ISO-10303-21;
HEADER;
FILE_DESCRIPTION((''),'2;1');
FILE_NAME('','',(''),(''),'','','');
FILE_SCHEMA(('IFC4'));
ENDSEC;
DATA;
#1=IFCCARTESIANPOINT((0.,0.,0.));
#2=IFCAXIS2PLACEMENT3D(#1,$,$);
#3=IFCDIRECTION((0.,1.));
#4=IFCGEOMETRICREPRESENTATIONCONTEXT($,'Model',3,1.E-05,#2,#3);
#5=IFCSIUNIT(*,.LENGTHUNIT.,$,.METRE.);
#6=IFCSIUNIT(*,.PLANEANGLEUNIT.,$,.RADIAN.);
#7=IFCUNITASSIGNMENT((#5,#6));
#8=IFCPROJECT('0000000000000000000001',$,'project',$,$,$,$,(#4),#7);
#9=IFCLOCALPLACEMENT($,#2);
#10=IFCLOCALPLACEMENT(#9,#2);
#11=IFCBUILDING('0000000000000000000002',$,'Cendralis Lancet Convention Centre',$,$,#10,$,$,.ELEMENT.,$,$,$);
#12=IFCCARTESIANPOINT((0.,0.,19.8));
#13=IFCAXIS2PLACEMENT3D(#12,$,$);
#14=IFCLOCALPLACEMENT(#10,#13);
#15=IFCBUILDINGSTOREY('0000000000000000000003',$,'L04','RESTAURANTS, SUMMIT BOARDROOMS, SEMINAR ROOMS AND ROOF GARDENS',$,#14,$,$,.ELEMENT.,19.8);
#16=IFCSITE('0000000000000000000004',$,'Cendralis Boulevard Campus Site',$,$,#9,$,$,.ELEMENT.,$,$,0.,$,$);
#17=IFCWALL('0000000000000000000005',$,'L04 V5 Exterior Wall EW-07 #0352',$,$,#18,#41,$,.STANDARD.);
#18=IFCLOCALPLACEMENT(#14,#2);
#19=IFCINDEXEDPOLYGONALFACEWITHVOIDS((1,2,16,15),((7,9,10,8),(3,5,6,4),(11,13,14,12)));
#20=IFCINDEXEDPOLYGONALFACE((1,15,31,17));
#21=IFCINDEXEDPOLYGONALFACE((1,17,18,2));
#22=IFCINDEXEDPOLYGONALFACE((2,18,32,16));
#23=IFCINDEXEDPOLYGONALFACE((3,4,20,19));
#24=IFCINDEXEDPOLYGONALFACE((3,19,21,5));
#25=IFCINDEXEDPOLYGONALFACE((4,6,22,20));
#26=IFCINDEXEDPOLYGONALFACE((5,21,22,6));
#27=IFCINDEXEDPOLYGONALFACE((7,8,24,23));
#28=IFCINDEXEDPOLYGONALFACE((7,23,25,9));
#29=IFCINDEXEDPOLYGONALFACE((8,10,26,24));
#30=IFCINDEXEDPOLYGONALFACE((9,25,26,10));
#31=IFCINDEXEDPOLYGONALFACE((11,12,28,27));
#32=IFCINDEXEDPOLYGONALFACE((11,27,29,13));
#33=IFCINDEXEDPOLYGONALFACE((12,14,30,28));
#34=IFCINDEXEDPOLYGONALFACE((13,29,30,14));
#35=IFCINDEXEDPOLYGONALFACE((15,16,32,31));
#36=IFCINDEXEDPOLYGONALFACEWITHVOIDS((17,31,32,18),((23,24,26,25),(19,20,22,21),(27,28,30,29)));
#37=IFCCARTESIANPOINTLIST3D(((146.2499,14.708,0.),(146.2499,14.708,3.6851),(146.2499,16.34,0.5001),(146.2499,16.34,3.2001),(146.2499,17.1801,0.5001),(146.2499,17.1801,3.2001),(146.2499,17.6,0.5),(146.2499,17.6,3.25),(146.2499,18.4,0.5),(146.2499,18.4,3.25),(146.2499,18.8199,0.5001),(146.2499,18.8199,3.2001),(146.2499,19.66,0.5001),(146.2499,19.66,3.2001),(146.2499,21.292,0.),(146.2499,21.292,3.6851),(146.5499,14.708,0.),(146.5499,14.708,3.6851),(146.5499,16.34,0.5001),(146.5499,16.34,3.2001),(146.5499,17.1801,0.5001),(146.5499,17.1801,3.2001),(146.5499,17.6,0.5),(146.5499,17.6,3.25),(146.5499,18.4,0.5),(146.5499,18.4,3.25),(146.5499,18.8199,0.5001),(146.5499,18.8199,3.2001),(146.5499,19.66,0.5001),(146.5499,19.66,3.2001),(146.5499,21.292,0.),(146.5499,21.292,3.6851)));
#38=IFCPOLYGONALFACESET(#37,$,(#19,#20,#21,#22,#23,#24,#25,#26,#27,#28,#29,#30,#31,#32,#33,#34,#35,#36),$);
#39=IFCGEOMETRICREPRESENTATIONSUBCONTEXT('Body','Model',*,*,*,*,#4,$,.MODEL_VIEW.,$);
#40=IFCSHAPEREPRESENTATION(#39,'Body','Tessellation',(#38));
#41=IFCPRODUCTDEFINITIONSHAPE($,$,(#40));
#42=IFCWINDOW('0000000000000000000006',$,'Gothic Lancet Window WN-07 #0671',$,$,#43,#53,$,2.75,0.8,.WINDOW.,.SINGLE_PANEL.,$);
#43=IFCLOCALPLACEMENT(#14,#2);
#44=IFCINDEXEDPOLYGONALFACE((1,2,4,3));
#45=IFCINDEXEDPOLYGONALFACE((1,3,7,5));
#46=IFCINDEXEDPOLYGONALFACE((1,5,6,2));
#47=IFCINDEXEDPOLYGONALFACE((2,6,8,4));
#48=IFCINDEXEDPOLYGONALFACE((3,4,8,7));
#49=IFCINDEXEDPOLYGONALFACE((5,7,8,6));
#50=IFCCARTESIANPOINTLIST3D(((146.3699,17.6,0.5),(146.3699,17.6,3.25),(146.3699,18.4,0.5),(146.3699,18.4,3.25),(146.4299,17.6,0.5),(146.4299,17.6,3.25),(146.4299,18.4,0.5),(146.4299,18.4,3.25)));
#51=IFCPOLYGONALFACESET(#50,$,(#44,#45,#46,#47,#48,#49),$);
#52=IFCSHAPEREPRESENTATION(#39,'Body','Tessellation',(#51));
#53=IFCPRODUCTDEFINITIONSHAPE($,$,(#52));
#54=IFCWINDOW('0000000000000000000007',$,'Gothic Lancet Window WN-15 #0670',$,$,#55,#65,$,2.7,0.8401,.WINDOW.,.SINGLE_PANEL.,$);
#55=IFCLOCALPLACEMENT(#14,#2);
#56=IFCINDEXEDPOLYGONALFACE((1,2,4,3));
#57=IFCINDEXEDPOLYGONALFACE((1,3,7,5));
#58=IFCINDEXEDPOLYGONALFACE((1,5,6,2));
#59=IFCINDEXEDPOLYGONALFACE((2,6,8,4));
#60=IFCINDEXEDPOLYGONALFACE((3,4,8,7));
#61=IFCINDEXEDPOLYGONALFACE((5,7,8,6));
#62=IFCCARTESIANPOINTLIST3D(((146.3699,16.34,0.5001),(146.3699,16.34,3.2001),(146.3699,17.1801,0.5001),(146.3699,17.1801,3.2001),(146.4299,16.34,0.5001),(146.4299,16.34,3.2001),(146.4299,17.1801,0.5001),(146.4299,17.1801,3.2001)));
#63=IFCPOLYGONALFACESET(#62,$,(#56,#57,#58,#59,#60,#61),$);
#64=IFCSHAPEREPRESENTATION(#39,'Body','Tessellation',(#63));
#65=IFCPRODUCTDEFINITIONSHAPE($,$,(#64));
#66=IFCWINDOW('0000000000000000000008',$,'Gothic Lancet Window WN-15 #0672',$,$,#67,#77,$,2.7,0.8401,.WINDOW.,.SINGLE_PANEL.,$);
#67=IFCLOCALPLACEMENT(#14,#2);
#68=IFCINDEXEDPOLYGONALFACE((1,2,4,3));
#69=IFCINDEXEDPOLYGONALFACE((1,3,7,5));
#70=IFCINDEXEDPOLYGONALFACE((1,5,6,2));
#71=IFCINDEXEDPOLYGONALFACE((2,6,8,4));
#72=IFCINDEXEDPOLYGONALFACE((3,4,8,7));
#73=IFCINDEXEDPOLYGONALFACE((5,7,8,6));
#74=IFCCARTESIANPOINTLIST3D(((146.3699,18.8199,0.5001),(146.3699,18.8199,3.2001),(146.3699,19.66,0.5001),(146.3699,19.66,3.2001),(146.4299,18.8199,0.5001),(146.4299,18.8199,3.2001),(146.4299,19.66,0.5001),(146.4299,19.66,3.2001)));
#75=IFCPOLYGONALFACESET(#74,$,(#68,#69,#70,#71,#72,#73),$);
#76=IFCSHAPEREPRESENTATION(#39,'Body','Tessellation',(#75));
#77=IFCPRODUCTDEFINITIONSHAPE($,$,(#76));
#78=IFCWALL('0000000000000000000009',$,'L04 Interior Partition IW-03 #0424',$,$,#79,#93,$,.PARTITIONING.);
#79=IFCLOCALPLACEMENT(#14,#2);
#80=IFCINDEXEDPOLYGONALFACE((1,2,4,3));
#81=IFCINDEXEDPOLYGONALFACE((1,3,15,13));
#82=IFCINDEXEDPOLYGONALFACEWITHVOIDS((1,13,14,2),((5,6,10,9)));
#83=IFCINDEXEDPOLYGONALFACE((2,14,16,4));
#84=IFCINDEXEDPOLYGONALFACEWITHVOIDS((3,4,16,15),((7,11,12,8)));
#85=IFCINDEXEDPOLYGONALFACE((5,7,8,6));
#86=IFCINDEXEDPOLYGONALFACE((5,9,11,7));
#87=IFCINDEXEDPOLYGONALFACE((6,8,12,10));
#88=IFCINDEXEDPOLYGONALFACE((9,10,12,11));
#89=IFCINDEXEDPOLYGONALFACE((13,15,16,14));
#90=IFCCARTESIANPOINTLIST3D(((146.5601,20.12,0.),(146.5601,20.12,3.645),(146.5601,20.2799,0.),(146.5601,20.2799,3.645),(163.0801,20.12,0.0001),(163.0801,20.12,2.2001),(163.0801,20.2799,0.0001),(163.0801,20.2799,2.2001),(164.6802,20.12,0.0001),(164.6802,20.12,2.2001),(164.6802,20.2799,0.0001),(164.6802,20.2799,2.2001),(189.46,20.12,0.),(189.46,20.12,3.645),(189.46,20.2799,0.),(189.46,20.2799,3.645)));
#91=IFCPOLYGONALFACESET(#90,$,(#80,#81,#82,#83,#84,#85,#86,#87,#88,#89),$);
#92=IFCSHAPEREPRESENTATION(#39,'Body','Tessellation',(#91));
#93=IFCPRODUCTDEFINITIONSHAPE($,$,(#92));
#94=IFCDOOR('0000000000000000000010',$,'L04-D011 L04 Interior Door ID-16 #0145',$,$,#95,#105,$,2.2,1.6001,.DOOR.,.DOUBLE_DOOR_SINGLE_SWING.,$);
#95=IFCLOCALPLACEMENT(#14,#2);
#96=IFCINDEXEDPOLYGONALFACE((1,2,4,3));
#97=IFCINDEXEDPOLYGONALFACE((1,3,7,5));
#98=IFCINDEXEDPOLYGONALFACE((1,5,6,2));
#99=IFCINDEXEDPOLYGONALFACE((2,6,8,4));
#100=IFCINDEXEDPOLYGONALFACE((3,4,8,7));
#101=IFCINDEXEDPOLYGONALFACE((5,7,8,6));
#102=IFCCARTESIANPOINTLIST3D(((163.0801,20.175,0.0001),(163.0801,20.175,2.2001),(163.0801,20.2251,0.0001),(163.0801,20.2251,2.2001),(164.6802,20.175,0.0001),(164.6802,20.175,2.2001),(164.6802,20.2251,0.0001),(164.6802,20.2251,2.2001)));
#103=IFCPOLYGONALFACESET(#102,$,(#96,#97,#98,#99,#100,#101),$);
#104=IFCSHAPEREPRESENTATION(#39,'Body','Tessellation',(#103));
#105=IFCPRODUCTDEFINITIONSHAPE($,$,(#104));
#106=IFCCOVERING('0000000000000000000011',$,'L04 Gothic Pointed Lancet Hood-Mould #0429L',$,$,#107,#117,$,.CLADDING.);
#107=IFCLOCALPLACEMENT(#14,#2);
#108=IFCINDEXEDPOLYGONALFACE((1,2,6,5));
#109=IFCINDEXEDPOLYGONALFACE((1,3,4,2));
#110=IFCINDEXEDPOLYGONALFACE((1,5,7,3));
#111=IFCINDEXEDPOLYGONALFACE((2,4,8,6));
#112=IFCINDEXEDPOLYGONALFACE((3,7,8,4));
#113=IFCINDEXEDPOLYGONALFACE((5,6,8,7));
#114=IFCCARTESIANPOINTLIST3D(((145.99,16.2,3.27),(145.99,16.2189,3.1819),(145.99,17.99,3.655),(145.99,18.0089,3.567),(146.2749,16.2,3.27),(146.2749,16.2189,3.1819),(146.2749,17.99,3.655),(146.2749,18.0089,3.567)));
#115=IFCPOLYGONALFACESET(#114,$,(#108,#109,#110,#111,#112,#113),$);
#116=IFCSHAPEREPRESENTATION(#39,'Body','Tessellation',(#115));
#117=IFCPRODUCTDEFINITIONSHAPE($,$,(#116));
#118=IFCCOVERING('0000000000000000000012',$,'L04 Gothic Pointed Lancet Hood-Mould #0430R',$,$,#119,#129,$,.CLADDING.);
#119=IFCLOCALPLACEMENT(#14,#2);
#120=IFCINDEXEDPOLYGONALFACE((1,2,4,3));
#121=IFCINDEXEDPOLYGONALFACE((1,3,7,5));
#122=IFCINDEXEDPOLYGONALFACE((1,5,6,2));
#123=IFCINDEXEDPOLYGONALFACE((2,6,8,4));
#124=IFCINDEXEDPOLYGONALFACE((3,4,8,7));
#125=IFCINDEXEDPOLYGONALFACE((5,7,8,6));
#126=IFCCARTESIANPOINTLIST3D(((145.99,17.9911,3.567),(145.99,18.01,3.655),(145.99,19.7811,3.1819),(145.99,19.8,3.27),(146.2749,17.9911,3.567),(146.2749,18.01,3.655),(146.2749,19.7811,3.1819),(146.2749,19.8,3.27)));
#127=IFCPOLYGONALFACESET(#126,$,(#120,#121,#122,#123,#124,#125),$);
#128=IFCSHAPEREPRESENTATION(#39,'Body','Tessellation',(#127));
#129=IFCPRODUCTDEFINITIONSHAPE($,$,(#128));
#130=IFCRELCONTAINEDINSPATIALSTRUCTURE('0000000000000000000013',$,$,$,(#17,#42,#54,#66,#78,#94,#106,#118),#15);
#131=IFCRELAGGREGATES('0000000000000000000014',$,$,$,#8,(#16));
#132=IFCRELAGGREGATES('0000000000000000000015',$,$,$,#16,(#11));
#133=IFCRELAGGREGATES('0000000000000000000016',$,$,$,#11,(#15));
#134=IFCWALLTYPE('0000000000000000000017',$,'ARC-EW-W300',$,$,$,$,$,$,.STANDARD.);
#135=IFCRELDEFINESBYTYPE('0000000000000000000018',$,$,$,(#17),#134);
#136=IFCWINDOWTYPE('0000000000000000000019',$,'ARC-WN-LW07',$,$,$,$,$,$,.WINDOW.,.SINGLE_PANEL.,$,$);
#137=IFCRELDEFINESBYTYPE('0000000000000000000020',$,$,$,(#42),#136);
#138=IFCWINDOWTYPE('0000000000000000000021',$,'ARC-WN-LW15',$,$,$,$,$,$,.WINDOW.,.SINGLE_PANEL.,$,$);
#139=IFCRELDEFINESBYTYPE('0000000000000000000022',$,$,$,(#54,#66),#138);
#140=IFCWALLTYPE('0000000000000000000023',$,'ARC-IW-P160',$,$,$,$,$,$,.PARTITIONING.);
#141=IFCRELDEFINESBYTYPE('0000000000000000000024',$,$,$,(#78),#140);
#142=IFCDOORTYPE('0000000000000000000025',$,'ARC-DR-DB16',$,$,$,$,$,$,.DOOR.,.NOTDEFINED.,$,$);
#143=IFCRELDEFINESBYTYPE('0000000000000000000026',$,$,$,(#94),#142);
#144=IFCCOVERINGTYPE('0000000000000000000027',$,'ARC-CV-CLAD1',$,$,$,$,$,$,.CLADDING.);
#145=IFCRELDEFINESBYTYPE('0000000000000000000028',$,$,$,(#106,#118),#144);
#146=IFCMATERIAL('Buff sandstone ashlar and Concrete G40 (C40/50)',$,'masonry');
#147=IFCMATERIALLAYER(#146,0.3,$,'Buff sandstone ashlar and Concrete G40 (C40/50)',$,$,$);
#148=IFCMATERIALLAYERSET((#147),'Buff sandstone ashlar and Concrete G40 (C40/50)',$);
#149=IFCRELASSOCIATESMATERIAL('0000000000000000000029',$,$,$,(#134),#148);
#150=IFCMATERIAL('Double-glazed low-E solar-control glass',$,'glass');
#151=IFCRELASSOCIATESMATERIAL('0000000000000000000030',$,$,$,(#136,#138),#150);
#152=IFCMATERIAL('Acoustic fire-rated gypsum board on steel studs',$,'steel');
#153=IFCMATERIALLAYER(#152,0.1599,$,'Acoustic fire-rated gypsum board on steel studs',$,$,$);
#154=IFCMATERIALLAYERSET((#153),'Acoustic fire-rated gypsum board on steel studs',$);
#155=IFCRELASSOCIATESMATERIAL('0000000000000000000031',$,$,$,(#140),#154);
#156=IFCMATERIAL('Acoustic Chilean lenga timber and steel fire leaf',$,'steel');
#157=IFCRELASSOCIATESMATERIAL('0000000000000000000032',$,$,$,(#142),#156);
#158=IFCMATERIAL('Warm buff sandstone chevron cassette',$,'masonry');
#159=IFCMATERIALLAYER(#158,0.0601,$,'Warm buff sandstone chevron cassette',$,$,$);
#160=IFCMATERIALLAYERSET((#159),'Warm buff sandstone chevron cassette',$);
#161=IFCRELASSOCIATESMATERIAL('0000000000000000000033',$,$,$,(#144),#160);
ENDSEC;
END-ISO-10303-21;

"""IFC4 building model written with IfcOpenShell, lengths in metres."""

from ifc_helpers import new_model, si_unit, direction, frame, frame_2d, origin, place, context, subcontext, project, spatial, polyline, rectangle, outline, extrude, material, layer, layer_set, type_object, element, fill, save


model = new_model("IFC4")

# Units and contexts
model_context = context("Model", 3, precision=1e-05, world=origin(), true_north=direction((0.0, 1.0)))
body_context = subcontext(model_context, "Body", "Model", "MODEL_VIEW")
ifc_project = project(units=[si_unit("LENGTHUNIT", "METRE"), si_unit("PLANEANGLEUNIT", "RADIAN")], contexts=[model_context])

# Site, building, storey
site_placement = place(None, origin())
site = spatial("IfcSite", under=ifc_project, at=site_placement, Name="Cendralis Boulevard Campus Site", CompositionType="ELEMENT", RefElevation=0.0)
building_placement = place(site_placement, origin())
building = spatial("IfcBuilding", under=site, at=building_placement, Name="Cendralis Lancet Convention Centre", CompositionType="ELEMENT")
storey_placement = place(building_placement, frame((0.0, 0.0, 19.8)))
storey = spatial("IfcBuildingStorey", under=building, at=storey_placement, Name="L04", Description="RESTAURANTS, SUMMIT BOARDROOMS, SEMINAR ROOMS AND ROOF GARDENS", CompositionType="ELEMENT", Elevation=19.8)

# Shared definitions
ifc_material_1 = material(Name="Buff sandstone ashlar and Concrete G40 (C40/50)", Category="masonry")

# Wall, openings, windows
ifc_layer_1 = layer(ifc_material_1, 0.3, Name="Buff sandstone ashlar and Concrete G40 (C40/50)")
ifc_layer_set_1 = layer_set([ifc_layer_1], Name="Buff sandstone ashlar and Concrete G40 (C40/50)")
wall_type_1 = type_object("IfcWallType", Name="ARC-EW-W300", PredefinedType="STANDARD", material=ifc_layer_set_1)
wall_1_placement = place(storey_placement, frame((146.3999, 14.708, 0.0), z_axis=(0.0, 0.0, 1.0), x_axis=(0.0, 1.0, 0.0)))
wall_1 = element("IfcWall", 1, at=wall_1_placement, inside=storey, type_object=wall_type_1, Name="L04 V5 Exterior Wall EW-07 #0352", PredefinedType="STANDARD", context=body_context, shape_type="SweptSolid", body=[
    extrude(rectangle(XDim=6.584, YDim=0.3, at=frame_2d((3.292, 0.0))), origin(), (0.0, 0.0, 1.0), 3.6851),
])
opening_1_placement = place(wall_1_placement, frame((1.6321, 0.0, 0.5)))
opening_1 = element("IfcOpeningElement", 2, at=opening_1_placement, cuts=wall_1, PredefinedType="OPENING", context=body_context, shape_type="SweptSolid", body=[
    extrude(rectangle(XDim=0.8401, YDim=2.7, at=frame_2d((0.4199, 1.3501))), frame((0.0, 0.1599, 0.0), z_axis=(0.0, -1.0, 0.0), x_axis=(1.0, 0.0, 0.0)), (0.0, 0.0, 1.0), 0.3201),
])
opening_2_placement = place(wall_1_placement, frame((2.8921, 0.0, 0.5)))
opening_2 = element("IfcOpeningElement", 3, at=opening_2_placement, cuts=wall_1, PredefinedType="OPENING", context=body_context, shape_type="SweptSolid", body=[
    extrude(rectangle(XDim=0.8, YDim=2.75, at=frame_2d((0.3999, 1.375))), frame((0.0, 0.1599, 0.0), z_axis=(0.0, -1.0, 0.0), x_axis=(1.0, 0.0, 0.0)), (0.0, 0.0, 1.0), 0.3201),
])
opening_3_placement = place(wall_1_placement, frame((4.1121, 0.0, 0.5)))
opening_3 = element("IfcOpeningElement", 4, at=opening_3_placement, cuts=wall_1, PredefinedType="OPENING", context=body_context, shape_type="SweptSolid", body=[
    extrude(rectangle(XDim=0.8401, YDim=2.7, at=frame_2d((0.4199, 1.3501))), frame((0.0, 0.1599, 0.0), z_axis=(0.0, -1.0, 0.0), x_axis=(1.0, 0.0, 0.0)), (0.0, 0.0, 1.0), 0.3201),
])
ifc_material_2 = material(Name="Double-glazed low-E solar-control glass", Category="glass")
window_type_1 = type_object("IfcWindowType", Name="ARC-WN-LW07", PartitioningType="SINGLE_PANEL", PredefinedType="WINDOW", material=ifc_material_2)
window_1_placement = place(opening_2_placement, origin())
window_1 = element("IfcWindow", 5, at=window_1_placement, inside=storey, type_object=window_type_1, Name="Gothic Lancet Window WN-07 #0671", OverallHeight=2.75, OverallWidth=0.8, PartitioningType="SINGLE_PANEL", PredefinedType="WINDOW", context=body_context, shape_type="SweptSolid", body=[
    extrude(rectangle(XDim=0.8, YDim=2.75, at=frame_2d((0.3999, 1.375))), frame((0.0, 0.03, 0.0), z_axis=(0.0, -1.0, 0.0), x_axis=(1.0, 0.0, 0.0)), (0.0, 0.0, 1.0), 0.0601),
])
fill(opening_2, window_1)
window_type_2 = type_object("IfcWindowType", Name="ARC-WN-LW15", PartitioningType="SINGLE_PANEL", PredefinedType="WINDOW", material=ifc_material_2)
window_2_placement = place(opening_1_placement, origin())
window_2 = element("IfcWindow", 6, at=window_2_placement, inside=storey, type_object=window_type_2, Name="Gothic Lancet Window WN-15 #0670", OverallHeight=2.7, OverallWidth=0.8401, PartitioningType="SINGLE_PANEL", PredefinedType="WINDOW", context=body_context, shape_type="SweptSolid", body=[
    extrude(rectangle(XDim=0.8401, YDim=2.7, at=frame_2d((0.4199, 1.3501))), frame((0.0, 0.03, 0.0), z_axis=(0.0, -1.0, 0.0), x_axis=(1.0, 0.0, 0.0)), (0.0, 0.0, 1.0), 0.0601),
])
fill(opening_1, window_2)
window_3_placement = place(opening_3_placement, origin())
window_3 = element("IfcWindow", 7, at=window_3_placement, inside=storey, type_object=window_type_2, Name="Gothic Lancet Window WN-15 #0672", OverallHeight=2.7, OverallWidth=0.8401, PartitioningType="SINGLE_PANEL", PredefinedType="WINDOW", context=body_context, shape_type="SweptSolid", body=[
    extrude(rectangle(XDim=0.8401, YDim=2.7, at=frame_2d((0.4199, 1.3501))), frame((0.0, 0.03, 0.0), z_axis=(0.0, -1.0, 0.0), x_axis=(1.0, 0.0, 0.0)), (0.0, 0.0, 1.0), 0.0601),
])
fill(opening_3, window_3)

# Wall, opening, door
ifc_material_3 = material(Name="Acoustic fire-rated gypsum board on steel studs", Category="steel")
ifc_layer_2 = layer(ifc_material_3, 0.1599, Name="Acoustic fire-rated gypsum board on steel studs")
ifc_layer_set_2 = layer_set([ifc_layer_2], Name="Acoustic fire-rated gypsum board on steel studs")
wall_type_2 = type_object("IfcWallType", Name="ARC-IW-P160", PredefinedType="PARTITIONING", material=ifc_layer_set_2)
wall_2_placement = place(storey_placement, frame((146.5601, 20.2, 0.0), z_axis=(0.0, 0.0, 1.0), x_axis=(1.0, 0.0, 0.0)))
wall_2 = element("IfcWall", 8, at=wall_2_placement, inside=storey, type_object=wall_type_2, Name="L04 Interior Partition IW-03 #0424", PredefinedType="PARTITIONING", context=body_context, shape_type="SweptSolid", body=[
    extrude(rectangle(XDim=42.8999, YDim=0.1599, at=frame_2d((21.45, 0.0))), origin(), (0.0, 0.0, 1.0), 3.645),
])
opening_4_placement = place(wall_2_placement, frame((16.52, 0.0, 0.0)))
opening_4 = element("IfcOpeningElement", 9, at=opening_4_placement, cuts=wall_2, PredefinedType="OPENING", context=body_context, shape_type="SweptSolid", body=[
    extrude(rectangle(XDim=1.6001, YDim=2.2, at=frame_2d((0.8, 1.1001))), frame((0.0, 0.0898, 0.0), z_axis=(0.0, -1.0, 0.0), x_axis=(1.0, 0.0, 0.0)), (0.0, 0.0, 1.0), 0.1799),
])
ifc_material_4 = material(Name="Acoustic Chilean lenga timber and steel fire leaf", Category="steel")
door_type = type_object("IfcDoorType", Name="ARC-DR-DB16", OperationType="NOTDEFINED", PredefinedType="DOOR", material=ifc_material_4)
door_placement = place(opening_4_placement, frame((1.6001, 0.0, 0.0), z_axis=(0.0, 0.0, 1.0), x_axis=(-1.0, 0.0, 0.0)))
door = element("IfcDoor", 10, at=door_placement, inside=storey, type_object=door_type, Name="L04-D011 L04 Interior Door ID-16 #0145", OperationType="DOUBLE_DOOR_SINGLE_SWING", OverallHeight=2.2, OverallWidth=1.6001, PredefinedType="DOOR", context=body_context, shape_type="SweptSolid", body=[
    extrude(rectangle(XDim=1.6001, YDim=2.2, at=frame_2d((0.8, 1.1001))), frame((0.0, 0.0249, 0.0), z_axis=(0.0, -1.0, 0.0), x_axis=(1.0, 0.0, 0.0)), (0.0, 0.0, 1.0), 0.05),
])
fill(opening_4, door)

# Coverings
ifc_material_5 = material(Name="Warm buff sandstone chevron cassette", Category="masonry")
ifc_layer_3 = layer(ifc_material_5, 0.0601, Name="Warm buff sandstone chevron cassette")
ifc_layer_set_3 = layer_set([ifc_layer_3], Name="Warm buff sandstone chevron cassette")
covering_type = type_object("IfcCoveringType", Name="ARC-CV-CLAD1", PredefinedType="CLADDING", material=ifc_layer_set_3)
for number, where, z_axis, x_axis, name in (
    (11, (145.99, 16.2, 3.27), (0.0, -0.210276, 0.977642), (1.0, 0.0, 0.0), "L04 Gothic Pointed Lancet Hood-Mould #0429L"),
    (12, (145.99, 18.01, 3.655), (0.0, 0.210276, 0.977642), (1.0, 0.0, 0.0), "L04 Gothic Pointed Lancet Hood-Mould #0430R"),
):
    element("IfcCovering", number, at=place(storey_placement, frame(where, z_axis=z_axis, x_axis=x_axis)), inside=storey, type_object=covering_type, Name=name, PredefinedType="CLADDING", context=body_context, shape_type="SweptSolid", body=[
        extrude(outline(polyline([(0.0, 0.0), (0.2849, 0.0), (0.2849, 1.831), (0.0, 1.831), (0.0, 0.0)])), origin(), (0.0, 0.0, -1.0), 0.0901),
    ])

save(model, "model.ifc")
